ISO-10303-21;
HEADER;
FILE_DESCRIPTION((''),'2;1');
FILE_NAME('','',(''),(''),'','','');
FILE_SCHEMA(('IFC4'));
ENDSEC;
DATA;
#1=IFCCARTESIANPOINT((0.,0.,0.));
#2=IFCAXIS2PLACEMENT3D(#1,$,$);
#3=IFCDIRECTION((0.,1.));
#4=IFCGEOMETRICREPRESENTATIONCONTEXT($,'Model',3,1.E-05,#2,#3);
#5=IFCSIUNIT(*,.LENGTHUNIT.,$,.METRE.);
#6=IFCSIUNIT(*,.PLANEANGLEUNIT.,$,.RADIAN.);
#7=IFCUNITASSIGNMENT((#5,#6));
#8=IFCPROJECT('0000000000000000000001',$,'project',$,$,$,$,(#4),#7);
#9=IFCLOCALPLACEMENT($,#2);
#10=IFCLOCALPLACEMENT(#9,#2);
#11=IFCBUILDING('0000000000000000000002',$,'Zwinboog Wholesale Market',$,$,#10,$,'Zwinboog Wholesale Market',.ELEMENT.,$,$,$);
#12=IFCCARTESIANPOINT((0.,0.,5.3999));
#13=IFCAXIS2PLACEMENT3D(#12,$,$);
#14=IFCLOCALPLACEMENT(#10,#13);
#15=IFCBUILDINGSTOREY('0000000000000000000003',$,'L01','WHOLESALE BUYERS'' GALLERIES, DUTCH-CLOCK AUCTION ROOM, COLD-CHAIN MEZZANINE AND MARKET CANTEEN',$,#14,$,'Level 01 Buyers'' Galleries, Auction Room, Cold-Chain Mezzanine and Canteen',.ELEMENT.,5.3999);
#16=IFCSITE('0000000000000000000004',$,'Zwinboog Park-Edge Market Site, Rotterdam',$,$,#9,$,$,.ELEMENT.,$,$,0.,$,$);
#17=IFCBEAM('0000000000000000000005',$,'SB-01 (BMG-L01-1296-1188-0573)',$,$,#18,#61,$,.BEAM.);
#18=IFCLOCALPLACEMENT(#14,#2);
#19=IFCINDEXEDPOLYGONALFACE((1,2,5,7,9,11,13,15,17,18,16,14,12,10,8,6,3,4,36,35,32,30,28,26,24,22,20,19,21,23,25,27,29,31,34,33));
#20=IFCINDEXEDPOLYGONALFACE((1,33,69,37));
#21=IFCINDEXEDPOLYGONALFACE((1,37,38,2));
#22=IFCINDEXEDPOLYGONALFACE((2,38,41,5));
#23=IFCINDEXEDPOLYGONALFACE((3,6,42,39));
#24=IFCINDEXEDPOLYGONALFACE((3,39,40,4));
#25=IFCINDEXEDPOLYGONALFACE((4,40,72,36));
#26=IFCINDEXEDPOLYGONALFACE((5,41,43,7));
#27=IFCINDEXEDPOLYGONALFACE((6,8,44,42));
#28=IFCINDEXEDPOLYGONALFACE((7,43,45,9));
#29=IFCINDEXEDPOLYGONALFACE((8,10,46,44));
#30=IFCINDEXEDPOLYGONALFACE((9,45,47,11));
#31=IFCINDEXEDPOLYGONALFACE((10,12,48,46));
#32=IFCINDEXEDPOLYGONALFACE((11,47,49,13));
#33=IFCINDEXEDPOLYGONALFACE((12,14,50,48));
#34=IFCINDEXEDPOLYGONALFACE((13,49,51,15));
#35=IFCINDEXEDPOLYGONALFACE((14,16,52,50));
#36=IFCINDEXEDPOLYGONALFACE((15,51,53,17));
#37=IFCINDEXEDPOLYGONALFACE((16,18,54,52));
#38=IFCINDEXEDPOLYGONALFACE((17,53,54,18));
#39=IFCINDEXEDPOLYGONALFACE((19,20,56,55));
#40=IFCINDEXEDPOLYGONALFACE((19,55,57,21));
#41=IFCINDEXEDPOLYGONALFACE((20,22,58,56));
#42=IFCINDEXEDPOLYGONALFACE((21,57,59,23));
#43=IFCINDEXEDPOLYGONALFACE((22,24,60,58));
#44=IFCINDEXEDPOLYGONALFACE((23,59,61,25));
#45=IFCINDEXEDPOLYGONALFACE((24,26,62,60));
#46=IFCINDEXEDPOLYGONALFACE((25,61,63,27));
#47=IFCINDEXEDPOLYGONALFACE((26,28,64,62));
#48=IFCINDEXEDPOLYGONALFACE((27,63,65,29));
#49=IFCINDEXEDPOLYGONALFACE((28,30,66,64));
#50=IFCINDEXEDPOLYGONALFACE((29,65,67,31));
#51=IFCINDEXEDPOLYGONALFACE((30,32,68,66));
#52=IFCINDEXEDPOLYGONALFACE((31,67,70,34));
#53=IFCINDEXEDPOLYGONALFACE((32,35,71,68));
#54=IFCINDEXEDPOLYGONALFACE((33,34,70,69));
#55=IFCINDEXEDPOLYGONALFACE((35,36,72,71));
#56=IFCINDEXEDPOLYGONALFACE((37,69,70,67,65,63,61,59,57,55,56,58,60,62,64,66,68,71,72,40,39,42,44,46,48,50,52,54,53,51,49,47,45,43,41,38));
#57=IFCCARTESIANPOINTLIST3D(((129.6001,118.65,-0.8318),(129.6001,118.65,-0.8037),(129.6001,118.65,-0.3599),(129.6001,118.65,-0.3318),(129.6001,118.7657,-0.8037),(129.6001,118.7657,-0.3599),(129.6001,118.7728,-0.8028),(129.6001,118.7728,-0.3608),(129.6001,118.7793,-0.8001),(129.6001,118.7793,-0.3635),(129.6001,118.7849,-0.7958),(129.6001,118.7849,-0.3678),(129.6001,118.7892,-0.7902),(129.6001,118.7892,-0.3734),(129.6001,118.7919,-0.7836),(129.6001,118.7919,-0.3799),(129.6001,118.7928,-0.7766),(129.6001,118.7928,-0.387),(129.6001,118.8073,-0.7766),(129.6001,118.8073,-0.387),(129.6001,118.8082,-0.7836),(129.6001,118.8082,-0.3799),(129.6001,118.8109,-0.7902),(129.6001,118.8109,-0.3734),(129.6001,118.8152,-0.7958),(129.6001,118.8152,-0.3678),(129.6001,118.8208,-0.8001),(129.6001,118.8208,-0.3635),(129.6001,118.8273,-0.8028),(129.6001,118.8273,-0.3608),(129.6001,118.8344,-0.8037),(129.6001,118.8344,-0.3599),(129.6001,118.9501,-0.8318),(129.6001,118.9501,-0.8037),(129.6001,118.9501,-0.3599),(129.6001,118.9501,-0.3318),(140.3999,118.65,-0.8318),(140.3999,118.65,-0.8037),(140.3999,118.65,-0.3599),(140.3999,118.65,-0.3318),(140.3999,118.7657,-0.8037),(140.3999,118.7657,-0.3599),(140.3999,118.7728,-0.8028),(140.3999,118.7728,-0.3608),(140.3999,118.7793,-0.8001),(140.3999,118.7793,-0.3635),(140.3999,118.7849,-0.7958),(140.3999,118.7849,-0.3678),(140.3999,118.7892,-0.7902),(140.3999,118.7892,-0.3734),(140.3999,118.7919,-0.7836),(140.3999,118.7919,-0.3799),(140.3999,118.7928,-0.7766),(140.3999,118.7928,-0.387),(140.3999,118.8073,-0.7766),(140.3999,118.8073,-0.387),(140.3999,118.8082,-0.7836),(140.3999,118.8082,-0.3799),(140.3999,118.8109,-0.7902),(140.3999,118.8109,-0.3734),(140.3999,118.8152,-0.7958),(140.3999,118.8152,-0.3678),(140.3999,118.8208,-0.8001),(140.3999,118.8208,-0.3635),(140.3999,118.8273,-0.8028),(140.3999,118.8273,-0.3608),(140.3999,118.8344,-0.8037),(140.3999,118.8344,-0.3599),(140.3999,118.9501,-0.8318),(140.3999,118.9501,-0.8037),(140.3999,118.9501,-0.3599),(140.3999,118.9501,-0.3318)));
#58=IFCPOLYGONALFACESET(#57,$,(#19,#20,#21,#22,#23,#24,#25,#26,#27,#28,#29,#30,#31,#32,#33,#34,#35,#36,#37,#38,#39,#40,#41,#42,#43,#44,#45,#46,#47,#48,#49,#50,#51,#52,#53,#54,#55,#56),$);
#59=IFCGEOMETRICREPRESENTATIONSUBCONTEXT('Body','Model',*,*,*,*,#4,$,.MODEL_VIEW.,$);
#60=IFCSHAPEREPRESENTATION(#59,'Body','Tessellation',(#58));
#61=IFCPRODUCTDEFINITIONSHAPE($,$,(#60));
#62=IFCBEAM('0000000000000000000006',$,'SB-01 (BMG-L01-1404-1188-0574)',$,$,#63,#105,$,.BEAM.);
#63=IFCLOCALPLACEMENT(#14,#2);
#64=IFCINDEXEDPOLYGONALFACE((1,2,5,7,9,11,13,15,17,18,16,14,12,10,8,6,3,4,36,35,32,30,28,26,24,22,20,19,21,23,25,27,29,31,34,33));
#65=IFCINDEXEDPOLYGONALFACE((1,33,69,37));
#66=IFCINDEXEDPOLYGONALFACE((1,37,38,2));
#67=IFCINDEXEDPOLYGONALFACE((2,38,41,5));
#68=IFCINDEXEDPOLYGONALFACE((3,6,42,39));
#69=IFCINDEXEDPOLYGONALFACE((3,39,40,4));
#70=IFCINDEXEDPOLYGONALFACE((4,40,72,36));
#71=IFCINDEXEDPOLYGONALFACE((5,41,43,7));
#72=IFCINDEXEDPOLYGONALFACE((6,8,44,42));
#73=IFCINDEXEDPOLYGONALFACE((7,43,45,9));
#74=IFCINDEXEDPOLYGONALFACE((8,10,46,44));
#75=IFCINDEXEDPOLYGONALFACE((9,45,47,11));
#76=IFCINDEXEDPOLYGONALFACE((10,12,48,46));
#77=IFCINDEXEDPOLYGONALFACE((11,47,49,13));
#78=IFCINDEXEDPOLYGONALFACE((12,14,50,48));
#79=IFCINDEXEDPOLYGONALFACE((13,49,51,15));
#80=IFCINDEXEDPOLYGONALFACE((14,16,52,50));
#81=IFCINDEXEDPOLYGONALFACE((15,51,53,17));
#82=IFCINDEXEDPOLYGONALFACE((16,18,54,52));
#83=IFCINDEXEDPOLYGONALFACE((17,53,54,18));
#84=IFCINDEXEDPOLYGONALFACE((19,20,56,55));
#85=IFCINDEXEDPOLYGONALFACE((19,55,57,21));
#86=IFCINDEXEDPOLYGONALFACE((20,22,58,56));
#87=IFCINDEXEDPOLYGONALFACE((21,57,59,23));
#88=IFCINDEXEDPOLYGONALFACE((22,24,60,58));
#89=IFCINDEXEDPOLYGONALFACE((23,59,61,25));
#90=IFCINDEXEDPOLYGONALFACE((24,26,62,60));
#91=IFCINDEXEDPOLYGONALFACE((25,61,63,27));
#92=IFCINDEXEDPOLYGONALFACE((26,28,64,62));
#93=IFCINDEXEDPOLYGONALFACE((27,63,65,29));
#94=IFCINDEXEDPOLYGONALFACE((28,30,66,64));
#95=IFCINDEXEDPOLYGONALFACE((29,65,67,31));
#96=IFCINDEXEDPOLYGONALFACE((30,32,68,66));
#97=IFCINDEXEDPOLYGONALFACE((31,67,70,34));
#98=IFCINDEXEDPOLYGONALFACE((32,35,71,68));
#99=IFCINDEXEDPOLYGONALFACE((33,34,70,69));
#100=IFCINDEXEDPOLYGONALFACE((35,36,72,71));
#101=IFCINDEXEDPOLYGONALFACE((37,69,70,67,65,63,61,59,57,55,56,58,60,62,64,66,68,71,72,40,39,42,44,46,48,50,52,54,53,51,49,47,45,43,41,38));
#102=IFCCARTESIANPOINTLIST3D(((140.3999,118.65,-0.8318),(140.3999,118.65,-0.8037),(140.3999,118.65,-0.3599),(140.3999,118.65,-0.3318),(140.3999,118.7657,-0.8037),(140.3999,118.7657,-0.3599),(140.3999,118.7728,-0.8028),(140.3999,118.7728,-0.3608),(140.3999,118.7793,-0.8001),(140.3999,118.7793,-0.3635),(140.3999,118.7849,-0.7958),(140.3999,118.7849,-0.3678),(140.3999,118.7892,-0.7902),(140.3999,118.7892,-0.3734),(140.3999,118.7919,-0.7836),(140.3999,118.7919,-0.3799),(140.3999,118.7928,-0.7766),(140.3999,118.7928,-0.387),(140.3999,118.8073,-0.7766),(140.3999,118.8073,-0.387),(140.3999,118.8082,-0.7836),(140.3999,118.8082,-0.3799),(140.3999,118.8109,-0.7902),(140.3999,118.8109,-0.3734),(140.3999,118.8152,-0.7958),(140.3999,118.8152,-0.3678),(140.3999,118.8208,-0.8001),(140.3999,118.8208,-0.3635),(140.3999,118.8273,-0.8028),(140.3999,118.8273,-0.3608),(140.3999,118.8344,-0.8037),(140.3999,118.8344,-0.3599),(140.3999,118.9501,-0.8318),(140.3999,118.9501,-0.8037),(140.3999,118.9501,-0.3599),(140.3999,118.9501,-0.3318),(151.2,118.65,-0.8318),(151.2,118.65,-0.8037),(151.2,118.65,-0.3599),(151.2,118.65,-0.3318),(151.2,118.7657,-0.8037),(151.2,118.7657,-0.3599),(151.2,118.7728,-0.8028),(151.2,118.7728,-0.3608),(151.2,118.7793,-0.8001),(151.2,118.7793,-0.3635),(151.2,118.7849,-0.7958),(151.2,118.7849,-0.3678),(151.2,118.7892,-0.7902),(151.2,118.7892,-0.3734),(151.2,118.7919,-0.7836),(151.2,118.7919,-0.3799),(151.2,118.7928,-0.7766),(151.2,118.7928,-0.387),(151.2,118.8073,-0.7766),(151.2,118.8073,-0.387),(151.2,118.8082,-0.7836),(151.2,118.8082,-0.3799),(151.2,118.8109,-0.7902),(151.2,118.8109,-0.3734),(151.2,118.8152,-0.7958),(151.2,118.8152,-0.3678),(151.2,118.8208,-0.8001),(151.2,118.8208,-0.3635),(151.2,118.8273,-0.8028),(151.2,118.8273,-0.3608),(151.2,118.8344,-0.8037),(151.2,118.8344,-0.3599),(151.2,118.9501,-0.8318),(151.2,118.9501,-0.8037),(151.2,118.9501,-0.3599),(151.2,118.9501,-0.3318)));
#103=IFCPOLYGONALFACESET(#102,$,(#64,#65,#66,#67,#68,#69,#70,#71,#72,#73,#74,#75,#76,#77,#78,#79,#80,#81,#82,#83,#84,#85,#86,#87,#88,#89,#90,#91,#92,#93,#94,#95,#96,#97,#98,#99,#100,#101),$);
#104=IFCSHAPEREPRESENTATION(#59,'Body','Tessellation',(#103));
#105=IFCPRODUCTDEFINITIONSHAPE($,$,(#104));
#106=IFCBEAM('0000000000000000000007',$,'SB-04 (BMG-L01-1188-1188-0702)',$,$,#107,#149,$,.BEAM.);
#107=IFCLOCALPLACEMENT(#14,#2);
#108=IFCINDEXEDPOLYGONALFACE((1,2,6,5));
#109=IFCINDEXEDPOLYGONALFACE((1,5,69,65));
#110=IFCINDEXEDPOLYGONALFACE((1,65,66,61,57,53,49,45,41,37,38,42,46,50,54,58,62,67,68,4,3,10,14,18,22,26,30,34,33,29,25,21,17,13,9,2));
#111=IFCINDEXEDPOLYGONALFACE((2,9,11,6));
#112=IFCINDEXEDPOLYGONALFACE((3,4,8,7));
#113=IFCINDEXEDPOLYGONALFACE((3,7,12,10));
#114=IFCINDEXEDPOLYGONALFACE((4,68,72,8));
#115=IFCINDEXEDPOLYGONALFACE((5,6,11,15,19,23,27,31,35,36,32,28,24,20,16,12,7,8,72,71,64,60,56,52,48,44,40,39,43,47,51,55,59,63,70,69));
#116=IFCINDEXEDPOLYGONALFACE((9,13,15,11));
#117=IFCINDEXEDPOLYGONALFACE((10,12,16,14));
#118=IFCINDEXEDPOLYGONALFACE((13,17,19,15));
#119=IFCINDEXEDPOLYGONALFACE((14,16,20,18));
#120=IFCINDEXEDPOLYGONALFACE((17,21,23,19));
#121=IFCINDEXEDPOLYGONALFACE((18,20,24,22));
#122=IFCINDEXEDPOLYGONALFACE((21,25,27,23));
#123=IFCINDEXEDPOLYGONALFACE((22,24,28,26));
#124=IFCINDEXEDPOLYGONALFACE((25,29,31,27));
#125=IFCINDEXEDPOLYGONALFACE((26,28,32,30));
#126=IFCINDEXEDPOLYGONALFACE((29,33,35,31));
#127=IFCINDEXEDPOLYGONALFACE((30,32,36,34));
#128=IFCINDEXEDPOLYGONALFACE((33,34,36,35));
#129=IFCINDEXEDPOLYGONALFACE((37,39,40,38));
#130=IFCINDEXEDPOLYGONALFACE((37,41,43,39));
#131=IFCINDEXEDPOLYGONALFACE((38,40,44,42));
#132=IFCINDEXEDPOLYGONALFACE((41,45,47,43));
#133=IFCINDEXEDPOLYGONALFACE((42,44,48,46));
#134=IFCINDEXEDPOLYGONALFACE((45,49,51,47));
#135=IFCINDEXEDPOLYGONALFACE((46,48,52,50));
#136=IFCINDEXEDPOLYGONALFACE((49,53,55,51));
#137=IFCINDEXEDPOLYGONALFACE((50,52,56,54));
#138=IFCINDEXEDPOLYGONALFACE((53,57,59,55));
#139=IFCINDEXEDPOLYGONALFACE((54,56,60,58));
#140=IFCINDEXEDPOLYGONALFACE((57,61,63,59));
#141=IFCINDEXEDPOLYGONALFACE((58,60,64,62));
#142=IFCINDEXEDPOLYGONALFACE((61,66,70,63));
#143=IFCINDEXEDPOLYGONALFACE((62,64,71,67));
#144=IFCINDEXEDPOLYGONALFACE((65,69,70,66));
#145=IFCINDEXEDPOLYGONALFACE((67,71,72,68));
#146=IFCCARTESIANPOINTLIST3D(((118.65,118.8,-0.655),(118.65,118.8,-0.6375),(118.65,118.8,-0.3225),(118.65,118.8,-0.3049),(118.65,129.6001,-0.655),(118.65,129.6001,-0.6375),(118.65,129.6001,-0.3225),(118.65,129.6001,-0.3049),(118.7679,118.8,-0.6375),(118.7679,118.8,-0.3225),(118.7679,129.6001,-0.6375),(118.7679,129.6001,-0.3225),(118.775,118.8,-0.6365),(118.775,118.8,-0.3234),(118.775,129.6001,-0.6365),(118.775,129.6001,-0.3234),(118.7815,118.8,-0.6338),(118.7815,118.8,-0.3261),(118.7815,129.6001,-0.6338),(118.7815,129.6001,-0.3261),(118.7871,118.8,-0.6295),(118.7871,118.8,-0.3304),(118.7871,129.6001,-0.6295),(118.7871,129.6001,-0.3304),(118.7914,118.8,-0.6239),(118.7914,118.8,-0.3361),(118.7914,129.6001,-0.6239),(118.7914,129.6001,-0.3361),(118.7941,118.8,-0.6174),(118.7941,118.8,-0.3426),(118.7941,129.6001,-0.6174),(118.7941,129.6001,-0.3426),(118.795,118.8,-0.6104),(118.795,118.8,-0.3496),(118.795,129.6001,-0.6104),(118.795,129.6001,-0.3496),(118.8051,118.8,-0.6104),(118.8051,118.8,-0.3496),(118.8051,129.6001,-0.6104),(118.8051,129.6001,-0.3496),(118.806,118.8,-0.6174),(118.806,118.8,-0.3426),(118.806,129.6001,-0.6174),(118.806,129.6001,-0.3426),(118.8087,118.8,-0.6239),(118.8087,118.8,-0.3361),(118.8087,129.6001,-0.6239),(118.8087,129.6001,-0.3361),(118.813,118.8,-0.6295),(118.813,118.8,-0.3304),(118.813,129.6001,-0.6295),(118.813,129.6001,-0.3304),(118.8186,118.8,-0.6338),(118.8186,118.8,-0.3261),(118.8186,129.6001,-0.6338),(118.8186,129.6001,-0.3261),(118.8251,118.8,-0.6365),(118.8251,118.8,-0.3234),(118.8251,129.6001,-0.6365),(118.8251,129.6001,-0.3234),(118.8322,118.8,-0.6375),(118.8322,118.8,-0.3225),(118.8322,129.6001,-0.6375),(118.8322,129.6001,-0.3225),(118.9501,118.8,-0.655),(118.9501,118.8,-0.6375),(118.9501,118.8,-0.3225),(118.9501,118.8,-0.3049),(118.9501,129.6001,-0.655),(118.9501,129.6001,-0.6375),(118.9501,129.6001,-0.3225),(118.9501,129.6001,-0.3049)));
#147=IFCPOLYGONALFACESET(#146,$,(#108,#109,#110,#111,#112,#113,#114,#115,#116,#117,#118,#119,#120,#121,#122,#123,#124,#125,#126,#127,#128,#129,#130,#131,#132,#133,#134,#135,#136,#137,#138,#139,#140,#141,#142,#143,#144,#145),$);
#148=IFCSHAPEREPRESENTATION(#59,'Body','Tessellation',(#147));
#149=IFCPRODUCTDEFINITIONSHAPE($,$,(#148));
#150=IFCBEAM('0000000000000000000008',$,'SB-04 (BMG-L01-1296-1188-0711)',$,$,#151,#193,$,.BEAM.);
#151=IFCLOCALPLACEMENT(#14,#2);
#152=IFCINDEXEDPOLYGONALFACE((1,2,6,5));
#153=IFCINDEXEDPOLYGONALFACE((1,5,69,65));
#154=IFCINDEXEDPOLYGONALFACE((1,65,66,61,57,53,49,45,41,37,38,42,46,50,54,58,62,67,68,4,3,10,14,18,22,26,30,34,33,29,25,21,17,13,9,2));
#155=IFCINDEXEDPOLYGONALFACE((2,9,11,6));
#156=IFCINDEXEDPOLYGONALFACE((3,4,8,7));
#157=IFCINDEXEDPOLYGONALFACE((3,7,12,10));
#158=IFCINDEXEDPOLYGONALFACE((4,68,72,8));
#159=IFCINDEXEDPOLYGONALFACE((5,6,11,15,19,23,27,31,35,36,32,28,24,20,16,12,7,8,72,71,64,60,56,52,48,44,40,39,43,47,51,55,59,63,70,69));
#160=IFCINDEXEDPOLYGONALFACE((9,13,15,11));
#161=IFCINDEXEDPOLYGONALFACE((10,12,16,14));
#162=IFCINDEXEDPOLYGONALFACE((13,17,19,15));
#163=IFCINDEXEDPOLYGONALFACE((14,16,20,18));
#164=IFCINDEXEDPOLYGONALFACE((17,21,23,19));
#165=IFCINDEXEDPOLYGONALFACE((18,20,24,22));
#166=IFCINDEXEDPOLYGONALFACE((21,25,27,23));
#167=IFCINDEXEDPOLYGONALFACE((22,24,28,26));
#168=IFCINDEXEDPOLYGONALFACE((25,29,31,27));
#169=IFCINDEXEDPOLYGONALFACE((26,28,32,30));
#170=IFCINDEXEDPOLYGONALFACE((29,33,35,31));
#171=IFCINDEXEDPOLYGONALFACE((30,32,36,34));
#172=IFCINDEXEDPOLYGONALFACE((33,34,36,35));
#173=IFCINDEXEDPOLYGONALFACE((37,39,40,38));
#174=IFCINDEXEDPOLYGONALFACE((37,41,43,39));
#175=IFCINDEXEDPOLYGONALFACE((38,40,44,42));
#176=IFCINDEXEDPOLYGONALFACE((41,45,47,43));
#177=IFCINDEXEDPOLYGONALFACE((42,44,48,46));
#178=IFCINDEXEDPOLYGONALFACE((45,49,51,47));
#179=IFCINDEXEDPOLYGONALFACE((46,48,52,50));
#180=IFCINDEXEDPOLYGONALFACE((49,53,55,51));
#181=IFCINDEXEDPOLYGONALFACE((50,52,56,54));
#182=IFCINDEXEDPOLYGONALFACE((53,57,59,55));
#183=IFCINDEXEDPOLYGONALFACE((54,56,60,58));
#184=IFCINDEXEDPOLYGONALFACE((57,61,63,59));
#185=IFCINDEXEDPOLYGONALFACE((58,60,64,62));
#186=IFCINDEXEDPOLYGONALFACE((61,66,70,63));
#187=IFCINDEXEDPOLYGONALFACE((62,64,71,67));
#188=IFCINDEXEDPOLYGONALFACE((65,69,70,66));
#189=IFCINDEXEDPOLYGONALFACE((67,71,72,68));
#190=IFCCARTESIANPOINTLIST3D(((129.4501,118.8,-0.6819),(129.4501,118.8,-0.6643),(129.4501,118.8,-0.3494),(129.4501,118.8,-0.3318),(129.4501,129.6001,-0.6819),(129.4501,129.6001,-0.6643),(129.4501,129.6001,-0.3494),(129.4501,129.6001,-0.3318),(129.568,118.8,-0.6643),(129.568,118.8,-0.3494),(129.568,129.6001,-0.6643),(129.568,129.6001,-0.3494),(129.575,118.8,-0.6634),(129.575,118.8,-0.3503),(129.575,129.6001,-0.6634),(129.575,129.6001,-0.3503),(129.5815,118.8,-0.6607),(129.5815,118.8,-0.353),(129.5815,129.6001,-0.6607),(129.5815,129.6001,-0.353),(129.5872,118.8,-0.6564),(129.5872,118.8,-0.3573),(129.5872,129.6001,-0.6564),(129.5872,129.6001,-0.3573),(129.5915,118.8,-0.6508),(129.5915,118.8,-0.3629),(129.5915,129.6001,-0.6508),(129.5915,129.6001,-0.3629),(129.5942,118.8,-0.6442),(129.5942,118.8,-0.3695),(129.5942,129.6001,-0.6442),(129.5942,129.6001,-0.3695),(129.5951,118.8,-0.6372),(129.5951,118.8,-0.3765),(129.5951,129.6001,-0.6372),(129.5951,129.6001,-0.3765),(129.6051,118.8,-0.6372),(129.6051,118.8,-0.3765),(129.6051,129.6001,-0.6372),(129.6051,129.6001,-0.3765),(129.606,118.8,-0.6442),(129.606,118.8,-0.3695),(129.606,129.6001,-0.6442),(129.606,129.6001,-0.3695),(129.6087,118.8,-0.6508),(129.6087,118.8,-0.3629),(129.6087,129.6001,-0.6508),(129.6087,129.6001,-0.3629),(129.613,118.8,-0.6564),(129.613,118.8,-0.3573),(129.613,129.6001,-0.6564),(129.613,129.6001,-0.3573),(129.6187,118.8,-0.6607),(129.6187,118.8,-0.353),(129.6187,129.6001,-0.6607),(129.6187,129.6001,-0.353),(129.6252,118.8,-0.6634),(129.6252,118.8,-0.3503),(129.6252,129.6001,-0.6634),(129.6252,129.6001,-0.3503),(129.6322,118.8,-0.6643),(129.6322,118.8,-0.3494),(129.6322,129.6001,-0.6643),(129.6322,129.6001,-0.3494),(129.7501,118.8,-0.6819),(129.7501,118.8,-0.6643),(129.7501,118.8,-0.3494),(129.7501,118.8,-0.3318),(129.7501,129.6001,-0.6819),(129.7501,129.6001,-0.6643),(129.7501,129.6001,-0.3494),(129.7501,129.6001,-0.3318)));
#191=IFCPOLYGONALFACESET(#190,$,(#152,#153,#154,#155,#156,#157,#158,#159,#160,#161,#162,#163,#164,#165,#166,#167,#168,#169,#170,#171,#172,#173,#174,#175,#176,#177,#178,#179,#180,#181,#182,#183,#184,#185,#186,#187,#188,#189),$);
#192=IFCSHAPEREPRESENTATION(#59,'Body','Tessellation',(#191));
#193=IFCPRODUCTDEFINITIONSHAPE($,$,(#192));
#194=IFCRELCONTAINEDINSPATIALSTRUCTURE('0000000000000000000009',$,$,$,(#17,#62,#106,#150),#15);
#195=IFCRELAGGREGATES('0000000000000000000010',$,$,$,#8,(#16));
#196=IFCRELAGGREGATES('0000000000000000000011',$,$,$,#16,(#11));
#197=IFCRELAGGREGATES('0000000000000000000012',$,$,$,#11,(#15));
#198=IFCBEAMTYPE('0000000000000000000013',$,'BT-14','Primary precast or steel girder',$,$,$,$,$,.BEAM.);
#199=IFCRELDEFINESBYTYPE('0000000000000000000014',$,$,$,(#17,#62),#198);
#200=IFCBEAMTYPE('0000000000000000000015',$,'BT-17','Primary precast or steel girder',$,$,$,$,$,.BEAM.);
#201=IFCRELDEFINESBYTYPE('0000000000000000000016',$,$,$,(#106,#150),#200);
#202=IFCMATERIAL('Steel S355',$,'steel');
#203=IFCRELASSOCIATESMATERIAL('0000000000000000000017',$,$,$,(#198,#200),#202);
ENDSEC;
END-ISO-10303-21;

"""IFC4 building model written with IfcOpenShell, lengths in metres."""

from ifc_helpers import new_model, si_unit, direction, frame, origin, origin_2d, place, context, subcontext, project, spatial, i_section, extrude, material, material_profile, profile_set, type_object, element, save


model = new_model("IFC4")

# Units and contexts
model_context = context("Model", 3, precision=1e-05, world=origin(), true_north=direction((0.0, 1.0)))
body_context = subcontext(model_context, "Body", "Model", "MODEL_VIEW")
ifc_project = project(units=[si_unit("LENGTHUNIT", "METRE"), si_unit("PLANEANGLEUNIT", "RADIAN")], contexts=[model_context])

# Site, building, storey
site_placement = place(None, origin())
site = spatial("IfcSite", under=ifc_project, at=site_placement, Name="Zwinboog Park-Edge Market Site, Rotterdam", CompositionType="ELEMENT", RefElevation=0.0)
building_placement = place(site_placement, origin())
building = spatial("IfcBuilding", under=site, at=building_placement, Name="Zwinboog Wholesale Market", LongName="Zwinboog Wholesale Market", CompositionType="ELEMENT")
storey_placement = place(building_placement, frame((0.0, 0.0, 5.3999)))
storey = spatial("IfcBuildingStorey", under=building, at=storey_placement, Name="L01", Description="WHOLESALE BUYERS' GALLERIES, DUTCH-CLOCK AUCTION ROOM, COLD-CHAIN MEZZANINE AND MARKET CANTEEN", LongName="Level 01 Buyers' Galleries, Auction Room, Cold-Chain Mezzanine and Canteen", CompositionType="ELEMENT", Elevation=5.3999)

# Beams
ifc_material_1 = material(Name="Steel S355", Category="steel")
ifc_material_profile_1 = material_profile(ifc_material_1, i_section(OverallWidth=0.3, OverallDepth=0.5, WebThickness=0.0144, FlangeThickness=0.0281, FilletRadius=0.0271, at=origin_2d()), Name="HEB 500")
ifc_profile_set_1 = profile_set([ifc_material_profile_1], Name="Steel S355")
beam_type_1 = type_object("IfcBeamType", Name="BT-14", Description="Primary precast or steel girder", PredefinedType="BEAM", material=ifc_profile_set_1)
beam_1_placement = place(storey_placement, frame((129.6001, 118.8, -0.5818), z_axis=(1.0, 0.0, 0.0), x_axis=(0.0, 1.0, 0.0)))
element("IfcBeam", 1, at=beam_1_placement, inside=storey, type_object=beam_type_1, Name="SB-01 (BMG-L01-1296-1188-0573)", PredefinedType="BEAM", context=body_context, shape_type="SweptSolid", body=[
    extrude(i_section(OverallWidth=0.3, OverallDepth=0.5, WebThickness=0.0144, FlangeThickness=0.0281, FilletRadius=0.0271, at=origin_2d()), origin(), (0.0, 0.0, 1.0), 10.7998),
])
beam_2_placement = place(storey_placement, frame((140.3999, 118.8, -0.5818), z_axis=(1.0, 0.0, 0.0), x_axis=(0.0, 1.0, 0.0)))
element("IfcBeam", 2, at=beam_2_placement, inside=storey, type_object=beam_type_1, Name="SB-01 (BMG-L01-1404-1188-0574)", PredefinedType="BEAM", context=body_context, shape_type="SweptSolid", body=[
    extrude(i_section(OverallWidth=0.3, OverallDepth=0.5, WebThickness=0.0144, FlangeThickness=0.0281, FilletRadius=0.0271, at=origin_2d()), origin(), (0.0, 0.0, 1.0), 10.8),
])
ifc_material_profile_2 = material_profile(ifc_material_1, i_section(OverallWidth=0.3, OverallDepth=0.3501, WebThickness=0.01, FlangeThickness=0.0176, FilletRadius=0.0271, at=origin_2d()), Name="HEA 360")
ifc_profile_set_2 = profile_set([ifc_material_profile_2], Name="Steel S355")
beam_type_2 = type_object("IfcBeamType", Name="BT-17", Description="Primary precast or steel girder", PredefinedType="BEAM", material=ifc_profile_set_2)
for number, where, z_axis, x_axis, name in (
    (3, (118.8, 118.8, -0.48), (0.0, 1.0, 0.0), (-1.0, 0.0, 0.0), "SB-04 (BMG-L01-1188-1188-0702)"),
    (4, (129.6001, 118.8, -0.5068), (0.0, 1.0, 0.0), (-1.0, 0.0, 0.0), "SB-04 (BMG-L01-1296-1188-0711)"),
):
    element("IfcBeam", number, at=place(storey_placement, frame(where, z_axis=z_axis, x_axis=x_axis)), inside=storey, type_object=beam_type_2, Name=name, PredefinedType="BEAM", context=body_context, shape_type="SweptSolid", body=[
        extrude(i_section(OverallWidth=0.3, OverallDepth=0.3501, WebThickness=0.01, FlangeThickness=0.0176, FilletRadius=0.0271, at=origin_2d()), origin(), (0.0, 0.0, 1.0), 10.8),
    ])

save(model, "model.ifc")
